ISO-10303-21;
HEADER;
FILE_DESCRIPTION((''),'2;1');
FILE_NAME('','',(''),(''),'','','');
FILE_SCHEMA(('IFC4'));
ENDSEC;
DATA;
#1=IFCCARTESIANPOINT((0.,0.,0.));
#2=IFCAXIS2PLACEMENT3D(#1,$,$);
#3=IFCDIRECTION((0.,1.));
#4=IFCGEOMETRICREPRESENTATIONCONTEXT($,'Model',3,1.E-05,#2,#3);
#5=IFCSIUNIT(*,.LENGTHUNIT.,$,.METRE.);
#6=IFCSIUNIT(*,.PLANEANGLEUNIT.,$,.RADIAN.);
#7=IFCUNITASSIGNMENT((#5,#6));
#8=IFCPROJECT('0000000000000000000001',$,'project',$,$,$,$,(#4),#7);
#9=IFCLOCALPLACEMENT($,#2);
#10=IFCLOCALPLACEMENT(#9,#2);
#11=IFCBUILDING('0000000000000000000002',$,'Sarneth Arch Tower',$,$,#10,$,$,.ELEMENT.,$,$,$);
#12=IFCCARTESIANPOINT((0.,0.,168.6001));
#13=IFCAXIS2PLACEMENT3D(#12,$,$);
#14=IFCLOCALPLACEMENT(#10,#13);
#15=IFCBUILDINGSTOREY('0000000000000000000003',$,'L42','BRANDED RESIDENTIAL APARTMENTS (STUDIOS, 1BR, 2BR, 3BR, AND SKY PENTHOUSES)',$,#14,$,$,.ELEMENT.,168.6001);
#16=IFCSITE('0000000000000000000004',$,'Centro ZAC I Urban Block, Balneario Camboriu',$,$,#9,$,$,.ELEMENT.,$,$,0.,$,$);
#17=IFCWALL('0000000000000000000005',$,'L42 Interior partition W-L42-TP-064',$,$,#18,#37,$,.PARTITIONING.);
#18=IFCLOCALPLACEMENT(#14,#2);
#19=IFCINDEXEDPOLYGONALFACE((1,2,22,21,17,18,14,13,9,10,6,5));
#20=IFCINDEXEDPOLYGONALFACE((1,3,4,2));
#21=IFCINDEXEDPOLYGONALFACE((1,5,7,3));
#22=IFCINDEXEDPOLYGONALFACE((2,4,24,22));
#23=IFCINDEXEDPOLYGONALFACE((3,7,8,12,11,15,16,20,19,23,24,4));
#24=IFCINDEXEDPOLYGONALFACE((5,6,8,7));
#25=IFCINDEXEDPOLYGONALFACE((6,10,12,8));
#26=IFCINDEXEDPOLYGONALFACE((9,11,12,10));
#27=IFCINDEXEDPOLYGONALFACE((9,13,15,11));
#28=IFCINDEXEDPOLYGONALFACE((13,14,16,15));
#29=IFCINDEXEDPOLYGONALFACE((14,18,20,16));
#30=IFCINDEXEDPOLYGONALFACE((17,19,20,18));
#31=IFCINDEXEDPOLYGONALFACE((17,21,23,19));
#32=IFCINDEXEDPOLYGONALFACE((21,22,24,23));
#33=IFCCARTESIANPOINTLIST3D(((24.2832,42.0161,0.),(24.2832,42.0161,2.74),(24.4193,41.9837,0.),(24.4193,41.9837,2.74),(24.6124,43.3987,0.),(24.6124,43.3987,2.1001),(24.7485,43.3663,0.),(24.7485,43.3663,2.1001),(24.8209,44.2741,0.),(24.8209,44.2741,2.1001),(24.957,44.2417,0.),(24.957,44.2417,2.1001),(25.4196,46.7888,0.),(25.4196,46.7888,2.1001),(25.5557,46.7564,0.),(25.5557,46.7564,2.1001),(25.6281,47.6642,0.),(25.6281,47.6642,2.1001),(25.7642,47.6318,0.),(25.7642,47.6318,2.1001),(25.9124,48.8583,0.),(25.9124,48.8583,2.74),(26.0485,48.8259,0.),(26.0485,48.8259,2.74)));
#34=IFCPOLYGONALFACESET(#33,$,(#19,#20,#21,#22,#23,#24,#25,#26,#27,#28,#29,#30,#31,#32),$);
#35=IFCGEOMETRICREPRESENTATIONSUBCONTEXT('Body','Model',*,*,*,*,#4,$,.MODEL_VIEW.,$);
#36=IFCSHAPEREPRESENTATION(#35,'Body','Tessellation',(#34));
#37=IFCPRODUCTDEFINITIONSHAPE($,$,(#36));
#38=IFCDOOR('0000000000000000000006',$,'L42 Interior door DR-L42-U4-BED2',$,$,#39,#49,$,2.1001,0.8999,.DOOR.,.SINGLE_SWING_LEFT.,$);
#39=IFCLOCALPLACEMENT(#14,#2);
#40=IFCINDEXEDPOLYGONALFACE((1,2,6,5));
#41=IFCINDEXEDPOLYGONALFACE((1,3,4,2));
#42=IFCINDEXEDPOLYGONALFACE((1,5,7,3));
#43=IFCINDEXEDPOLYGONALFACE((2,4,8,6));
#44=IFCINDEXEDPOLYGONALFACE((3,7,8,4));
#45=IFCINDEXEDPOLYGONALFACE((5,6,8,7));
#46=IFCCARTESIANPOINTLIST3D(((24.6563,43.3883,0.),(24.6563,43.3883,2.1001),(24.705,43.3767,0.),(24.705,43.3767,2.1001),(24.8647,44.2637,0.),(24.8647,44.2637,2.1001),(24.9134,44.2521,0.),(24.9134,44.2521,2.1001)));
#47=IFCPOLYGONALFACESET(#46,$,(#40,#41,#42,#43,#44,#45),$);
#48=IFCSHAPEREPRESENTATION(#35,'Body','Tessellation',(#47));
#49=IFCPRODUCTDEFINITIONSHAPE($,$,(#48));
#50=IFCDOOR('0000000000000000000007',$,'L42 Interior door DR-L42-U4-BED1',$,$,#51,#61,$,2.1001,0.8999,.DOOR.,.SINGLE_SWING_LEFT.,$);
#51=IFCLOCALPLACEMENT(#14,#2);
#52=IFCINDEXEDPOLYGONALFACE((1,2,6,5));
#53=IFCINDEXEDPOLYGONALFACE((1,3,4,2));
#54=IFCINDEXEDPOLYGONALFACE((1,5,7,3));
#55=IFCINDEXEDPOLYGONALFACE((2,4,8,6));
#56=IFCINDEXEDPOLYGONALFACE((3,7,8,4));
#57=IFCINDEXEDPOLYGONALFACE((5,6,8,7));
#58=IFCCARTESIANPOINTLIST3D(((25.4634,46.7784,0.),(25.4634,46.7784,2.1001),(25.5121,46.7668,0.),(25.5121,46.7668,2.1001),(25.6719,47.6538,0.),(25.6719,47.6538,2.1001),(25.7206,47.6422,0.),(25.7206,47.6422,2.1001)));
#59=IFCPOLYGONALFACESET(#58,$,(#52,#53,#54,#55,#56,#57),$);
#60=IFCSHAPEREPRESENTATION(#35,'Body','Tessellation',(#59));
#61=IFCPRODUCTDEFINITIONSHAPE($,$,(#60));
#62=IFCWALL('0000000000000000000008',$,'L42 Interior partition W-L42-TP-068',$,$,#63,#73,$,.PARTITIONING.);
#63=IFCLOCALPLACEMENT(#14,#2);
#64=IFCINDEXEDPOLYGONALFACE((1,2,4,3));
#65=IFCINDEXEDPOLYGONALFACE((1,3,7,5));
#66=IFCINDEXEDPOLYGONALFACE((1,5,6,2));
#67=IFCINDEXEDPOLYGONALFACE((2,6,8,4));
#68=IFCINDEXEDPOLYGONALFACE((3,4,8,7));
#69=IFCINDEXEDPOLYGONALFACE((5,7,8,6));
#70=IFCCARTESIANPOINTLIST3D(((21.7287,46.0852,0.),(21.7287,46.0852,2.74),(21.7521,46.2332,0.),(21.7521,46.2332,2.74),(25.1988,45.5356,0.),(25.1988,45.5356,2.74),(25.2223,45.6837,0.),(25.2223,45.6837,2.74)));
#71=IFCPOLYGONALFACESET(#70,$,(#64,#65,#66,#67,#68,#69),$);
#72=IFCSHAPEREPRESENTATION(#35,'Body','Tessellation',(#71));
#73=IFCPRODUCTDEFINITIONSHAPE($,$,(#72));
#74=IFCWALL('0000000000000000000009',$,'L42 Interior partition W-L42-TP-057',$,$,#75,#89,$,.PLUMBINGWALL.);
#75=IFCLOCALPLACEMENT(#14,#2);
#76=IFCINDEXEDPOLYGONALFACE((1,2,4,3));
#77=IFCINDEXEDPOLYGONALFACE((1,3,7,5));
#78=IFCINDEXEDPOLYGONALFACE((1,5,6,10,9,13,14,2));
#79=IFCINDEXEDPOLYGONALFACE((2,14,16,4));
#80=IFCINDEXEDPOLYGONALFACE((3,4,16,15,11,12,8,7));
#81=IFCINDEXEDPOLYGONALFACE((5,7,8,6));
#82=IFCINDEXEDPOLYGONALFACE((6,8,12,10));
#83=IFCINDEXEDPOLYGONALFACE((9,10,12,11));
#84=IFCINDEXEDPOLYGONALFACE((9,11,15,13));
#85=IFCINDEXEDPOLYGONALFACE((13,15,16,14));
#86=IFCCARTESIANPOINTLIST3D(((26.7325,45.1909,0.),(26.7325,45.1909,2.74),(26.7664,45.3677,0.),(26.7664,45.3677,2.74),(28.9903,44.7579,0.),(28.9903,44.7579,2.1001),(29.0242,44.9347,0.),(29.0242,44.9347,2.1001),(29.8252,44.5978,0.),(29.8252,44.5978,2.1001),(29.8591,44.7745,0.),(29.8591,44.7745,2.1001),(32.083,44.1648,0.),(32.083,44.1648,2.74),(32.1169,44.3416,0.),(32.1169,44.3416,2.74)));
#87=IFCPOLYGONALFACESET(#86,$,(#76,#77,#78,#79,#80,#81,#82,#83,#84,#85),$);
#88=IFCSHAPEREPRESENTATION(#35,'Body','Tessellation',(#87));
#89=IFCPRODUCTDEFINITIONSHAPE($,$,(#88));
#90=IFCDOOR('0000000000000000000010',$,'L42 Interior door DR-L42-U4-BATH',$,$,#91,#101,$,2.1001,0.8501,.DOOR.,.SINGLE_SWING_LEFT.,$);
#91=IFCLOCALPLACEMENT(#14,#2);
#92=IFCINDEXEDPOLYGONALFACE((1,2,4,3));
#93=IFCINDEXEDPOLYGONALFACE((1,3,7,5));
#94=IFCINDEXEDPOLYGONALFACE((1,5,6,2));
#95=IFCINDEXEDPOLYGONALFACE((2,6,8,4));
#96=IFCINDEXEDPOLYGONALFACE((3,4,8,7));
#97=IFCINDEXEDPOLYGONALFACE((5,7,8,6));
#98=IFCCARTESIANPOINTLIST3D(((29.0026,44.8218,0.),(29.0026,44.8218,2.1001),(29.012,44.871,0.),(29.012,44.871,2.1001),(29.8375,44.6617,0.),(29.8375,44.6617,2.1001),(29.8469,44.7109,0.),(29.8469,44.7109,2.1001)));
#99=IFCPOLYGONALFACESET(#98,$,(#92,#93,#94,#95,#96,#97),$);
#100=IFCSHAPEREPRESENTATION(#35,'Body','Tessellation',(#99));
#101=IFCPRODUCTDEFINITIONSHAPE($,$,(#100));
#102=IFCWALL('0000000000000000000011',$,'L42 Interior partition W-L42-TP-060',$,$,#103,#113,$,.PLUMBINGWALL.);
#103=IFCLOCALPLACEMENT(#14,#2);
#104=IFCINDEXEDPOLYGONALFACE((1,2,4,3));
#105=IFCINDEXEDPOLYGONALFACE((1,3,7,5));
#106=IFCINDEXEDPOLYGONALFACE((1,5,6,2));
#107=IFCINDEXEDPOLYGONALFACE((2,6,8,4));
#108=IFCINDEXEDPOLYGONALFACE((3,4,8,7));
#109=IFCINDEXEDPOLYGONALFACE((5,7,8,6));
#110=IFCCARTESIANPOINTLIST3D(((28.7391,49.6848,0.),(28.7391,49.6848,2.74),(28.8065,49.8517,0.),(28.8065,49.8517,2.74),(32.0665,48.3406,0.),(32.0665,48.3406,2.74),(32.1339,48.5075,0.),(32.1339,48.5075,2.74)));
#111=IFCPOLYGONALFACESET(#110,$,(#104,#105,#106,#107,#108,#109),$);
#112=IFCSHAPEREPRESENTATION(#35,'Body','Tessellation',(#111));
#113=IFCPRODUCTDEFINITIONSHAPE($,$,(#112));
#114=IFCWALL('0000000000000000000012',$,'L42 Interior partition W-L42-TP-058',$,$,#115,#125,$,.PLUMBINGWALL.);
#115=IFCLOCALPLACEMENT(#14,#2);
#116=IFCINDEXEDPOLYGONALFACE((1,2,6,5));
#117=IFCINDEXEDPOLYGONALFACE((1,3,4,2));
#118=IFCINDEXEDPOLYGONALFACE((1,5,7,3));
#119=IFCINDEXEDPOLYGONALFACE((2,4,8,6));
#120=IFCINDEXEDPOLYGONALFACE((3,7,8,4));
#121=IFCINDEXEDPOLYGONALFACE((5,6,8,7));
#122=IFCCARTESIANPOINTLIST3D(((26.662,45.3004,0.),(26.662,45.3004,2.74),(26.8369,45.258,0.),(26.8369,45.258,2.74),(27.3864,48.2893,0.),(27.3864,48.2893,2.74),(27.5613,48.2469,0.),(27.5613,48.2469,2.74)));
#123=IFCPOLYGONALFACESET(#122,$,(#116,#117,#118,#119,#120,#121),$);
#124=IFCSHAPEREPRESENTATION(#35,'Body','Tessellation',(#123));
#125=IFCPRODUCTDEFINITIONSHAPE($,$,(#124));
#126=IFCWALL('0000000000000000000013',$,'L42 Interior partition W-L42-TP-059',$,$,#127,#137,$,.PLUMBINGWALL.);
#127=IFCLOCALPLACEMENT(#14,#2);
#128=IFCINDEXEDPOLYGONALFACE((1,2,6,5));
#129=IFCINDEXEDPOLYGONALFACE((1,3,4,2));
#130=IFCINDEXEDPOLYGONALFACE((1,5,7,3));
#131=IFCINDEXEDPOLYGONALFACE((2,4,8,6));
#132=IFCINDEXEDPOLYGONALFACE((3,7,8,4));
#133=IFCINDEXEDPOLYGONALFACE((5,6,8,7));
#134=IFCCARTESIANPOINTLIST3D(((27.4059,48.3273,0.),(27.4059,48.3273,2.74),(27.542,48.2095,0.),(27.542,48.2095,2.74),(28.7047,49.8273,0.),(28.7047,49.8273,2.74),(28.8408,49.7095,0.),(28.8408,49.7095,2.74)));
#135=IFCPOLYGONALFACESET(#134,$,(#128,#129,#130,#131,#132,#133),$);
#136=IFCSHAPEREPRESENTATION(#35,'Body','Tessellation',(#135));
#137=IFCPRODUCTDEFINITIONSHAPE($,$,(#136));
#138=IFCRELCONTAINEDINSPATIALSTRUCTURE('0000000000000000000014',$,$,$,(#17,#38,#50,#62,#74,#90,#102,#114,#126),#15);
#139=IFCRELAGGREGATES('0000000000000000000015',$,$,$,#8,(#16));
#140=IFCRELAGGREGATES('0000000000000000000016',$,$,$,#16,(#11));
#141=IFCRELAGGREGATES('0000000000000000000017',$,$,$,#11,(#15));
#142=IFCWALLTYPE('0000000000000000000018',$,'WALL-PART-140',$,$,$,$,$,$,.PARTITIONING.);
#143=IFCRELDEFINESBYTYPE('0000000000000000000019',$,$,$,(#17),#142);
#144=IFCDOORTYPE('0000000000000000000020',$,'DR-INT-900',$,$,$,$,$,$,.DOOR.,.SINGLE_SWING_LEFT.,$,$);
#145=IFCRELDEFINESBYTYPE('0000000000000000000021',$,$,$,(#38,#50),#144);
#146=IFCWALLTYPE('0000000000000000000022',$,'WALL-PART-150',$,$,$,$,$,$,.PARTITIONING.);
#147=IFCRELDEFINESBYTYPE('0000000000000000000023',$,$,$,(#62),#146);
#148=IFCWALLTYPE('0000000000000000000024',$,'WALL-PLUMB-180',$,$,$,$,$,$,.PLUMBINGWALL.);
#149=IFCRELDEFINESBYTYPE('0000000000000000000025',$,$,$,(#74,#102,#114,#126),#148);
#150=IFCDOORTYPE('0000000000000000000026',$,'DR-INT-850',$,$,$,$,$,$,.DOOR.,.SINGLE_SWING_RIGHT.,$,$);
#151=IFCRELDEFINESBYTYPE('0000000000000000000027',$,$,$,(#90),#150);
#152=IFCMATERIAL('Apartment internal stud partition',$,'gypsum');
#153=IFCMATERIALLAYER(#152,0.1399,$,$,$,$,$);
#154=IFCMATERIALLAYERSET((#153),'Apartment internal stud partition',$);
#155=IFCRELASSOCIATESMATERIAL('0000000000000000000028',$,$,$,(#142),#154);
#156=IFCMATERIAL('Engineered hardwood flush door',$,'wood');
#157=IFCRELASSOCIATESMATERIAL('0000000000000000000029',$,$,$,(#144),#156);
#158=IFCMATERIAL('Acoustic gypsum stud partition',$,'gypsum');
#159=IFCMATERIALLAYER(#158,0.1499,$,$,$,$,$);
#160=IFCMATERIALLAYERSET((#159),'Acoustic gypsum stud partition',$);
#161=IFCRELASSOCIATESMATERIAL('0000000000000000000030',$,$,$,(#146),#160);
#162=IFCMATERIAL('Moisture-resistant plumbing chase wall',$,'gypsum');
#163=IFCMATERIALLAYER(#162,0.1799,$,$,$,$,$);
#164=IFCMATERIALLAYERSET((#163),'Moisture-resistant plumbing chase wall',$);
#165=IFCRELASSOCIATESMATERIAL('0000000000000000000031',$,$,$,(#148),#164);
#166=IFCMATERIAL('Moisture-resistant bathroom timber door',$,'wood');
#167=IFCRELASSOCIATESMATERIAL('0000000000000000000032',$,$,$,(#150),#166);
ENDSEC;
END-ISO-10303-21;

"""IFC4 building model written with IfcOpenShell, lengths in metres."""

from ifc_helpers import new_model, si_unit, direction, frame, frame_2d, origin, place, context, subcontext, project, spatial, rectangle, extrude, material, layer, layer_set, type_object, element, fill, save


model = new_model("IFC4")

# Units and contexts
model_context = context("Model", 3, precision=1e-05, world=origin(), true_north=direction((0.0, 1.0)))
body_context = subcontext(model_context, "Body", "Model", "MODEL_VIEW")
ifc_project = project(units=[si_unit("LENGTHUNIT", "METRE"), si_unit("PLANEANGLEUNIT", "RADIAN")], contexts=[model_context])

# Site, building, storey
site_placement = place(None, origin())
site = spatial("IfcSite", under=ifc_project, at=site_placement, Name="Centro ZAC I Urban Block, Balneario Camboriu", CompositionType="ELEMENT", RefElevation=0.0)
building_placement = place(site_placement, origin())
building = spatial("IfcBuilding", under=site, at=building_placement, Name="Sarneth Arch Tower", CompositionType="ELEMENT")
storey_placement = place(building_placement, frame((0.0, 0.0, 168.6001)))
storey = spatial("IfcBuildingStorey", under=building, at=storey_placement, Name="L42", Description="BRANDED RESIDENTIAL APARTMENTS (STUDIOS, 1BR, 2BR, 3BR, AND SKY PENTHOUSES)", CompositionType="ELEMENT", Elevation=168.6001)

# Wall, openings, doors
ifc_material_1 = material(Name="Apartment internal stud partition", Category="gypsum")
ifc_layer_1 = layer(ifc_material_1, 0.1399)
ifc_layer_set_1 = layer_set([ifc_layer_1], Name="Apartment internal stud partition")
wall_type_1 = type_object("IfcWallType", Name="WALL-PART-140", PredefinedType="PARTITIONING", material=ifc_layer_set_1)
wall_1_placement = place(storey_placement, frame((24.3513, 42.0, 0.0), z_axis=(0.0, 0.0, 1.0), x_axis=(0.231625, 0.972805, 0.0)))
wall_1 = element("IfcWall", 1, at=wall_1_placement, inside=storey, type_object=wall_type_1, Name="L42 Interior partition W-L42-TP-064", PredefinedType="PARTITIONING", context=body_context, shape_type="SweptSolid", body=[
    extrude(rectangle(XDim=7.0334, YDim=0.1399, at=frame_2d((3.5166, 0.0))), origin(), (0.0, 0.0, 1.0), 2.74),
])
opening_1_placement = place(wall_1_placement, frame((1.4211, 0.0, 0.0)))
opening_1 = element("IfcOpeningElement", 2, at=opening_1_placement, cuts=wall_1, PredefinedType="OPENING", context=body_context, shape_type="SweptSolid", body=[
    extrude(rectangle(XDim=0.8999, YDim=2.1001, at=frame_2d((0.45, 1.05))), frame((0.0, 0.0798, 0.0), z_axis=(0.0, -1.0, 0.0), x_axis=(1.0, 0.0, 0.0)), (0.0, 0.0, 1.0), 0.1599),
])
opening_2_placement = place(wall_1_placement, frame((4.906, 0.0, 0.0)))
opening_2 = element("IfcOpeningElement", 3, at=opening_2_placement, cuts=wall_1, PredefinedType="OPENING", context=body_context, shape_type="SweptSolid", body=[
    extrude(rectangle(XDim=0.8999, YDim=2.1001, at=frame_2d((0.45, 1.05))), frame((0.0, 0.0798, 0.0), z_axis=(0.0, -1.0, 0.0), x_axis=(1.0, 0.0, 0.0)), (0.0, 0.0, 1.0), 0.1599),
])
ifc_material_2 = material(Name="Engineered hardwood flush door", Category="wood")
door_type_1 = type_object("IfcDoorType", Name="DR-INT-900", OperationType="SINGLE_SWING_LEFT", PredefinedType="DOOR", material=ifc_material_2)
door_1_placement = place(opening_1_placement, origin())
door_1 = element("IfcDoor", 4, at=door_1_placement, inside=storey, type_object=door_type_1, Name="L42 Interior door DR-L42-U4-BED2", OperationType="SINGLE_SWING_LEFT", OverallHeight=2.1001, OverallWidth=0.8999, PredefinedType="DOOR", context=body_context, shape_type="SweptSolid", body=[
    extrude(rectangle(XDim=0.8999, YDim=2.1001, at=frame_2d((0.45, 1.05))), frame((0.0, 0.0249, 0.0), z_axis=(0.0, -1.0, 0.0), x_axis=(1.0, 0.0, 0.0)), (0.0, 0.0, 1.0), 0.05),
])
fill(opening_1, door_1)
door_2_placement = place(opening_2_placement, origin())
door_2 = element("IfcDoor", 5, at=door_2_placement, inside=storey, type_object=door_type_1, Name="L42 Interior door DR-L42-U4-BED1", OperationType="SINGLE_SWING_LEFT", OverallHeight=2.1001, OverallWidth=0.8999, PredefinedType="DOOR", context=body_context, shape_type="SweptSolid", body=[
    extrude(rectangle(XDim=0.8999, YDim=2.1001, at=frame_2d((0.45, 1.05))), frame((0.0, 0.0249, 0.0), z_axis=(0.0, -1.0, 0.0), x_axis=(1.0, 0.0, 0.0)), (0.0, 0.0, 1.0), 0.05),
])
fill(opening_2, door_2)

# Wall
ifc_material_3 = material(Name="Acoustic gypsum stud partition", Category="gypsum")
ifc_layer_2 = layer(ifc_material_3, 0.1499)
ifc_layer_set_2 = layer_set([ifc_layer_2], Name="Acoustic gypsum stud partition")
wall_type_2 = type_object("IfcWallType", Name="WALL-PART-150", PredefinedType="PARTITIONING", material=ifc_layer_set_2)
wall_2_placement = place(storey_placement, frame((25.2107, 45.6096, 0.0), z_axis=(0.0, 0.0, 1.0), x_axis=(-0.987691, 0.156416, 0.0)))
element("IfcWall", 6, at=wall_2_placement, inside=storey, type_object=wall_type_2, Name="L42 Interior partition W-L42-TP-068", PredefinedType="PARTITIONING", context=body_context, shape_type="SweptSolid", body=[
    extrude(rectangle(XDim=3.5134, YDim=0.1499, at=frame_2d((1.7568, 0.0))), origin(), (0.0, 0.0, 1.0), 2.74),
])

# Wall, opening, door
ifc_material_4 = material(Name="Moisture-resistant plumbing chase wall", Category="gypsum")
ifc_layer_3 = layer(ifc_material_4, 0.1799)
ifc_layer_set_3 = layer_set([ifc_layer_3], Name="Moisture-resistant plumbing chase wall")
wall_type_3 = type_object("IfcWallType", Name="WALL-PLUMB-180", PredefinedType="PLUMBINGWALL", material=ifc_layer_set_3)
wall_3_placement = place(storey_placement, frame((32.1001, 44.2532, 0.0), z_axis=(0.0, 0.0, 1.0), x_axis=(-0.982103, 0.188345, 0.0)))
wall_3 = element("IfcWall", 7, at=wall_3_placement, inside=storey, type_object=wall_type_3, Name="L42 Interior partition W-L42-TP-057", PredefinedType="PLUMBINGWALL", context=body_context, shape_type="SweptSolid", body=[
    extrude(rectangle(XDim=5.448, YDim=0.1799, at=frame_2d((2.7241, 0.0))), origin(), (0.0, 0.0, 1.0), 2.74),
])
opening_3_placement = place(wall_3_placement, frame((2.2991, 0.0, 0.0)))
opening_3 = element("IfcOpeningElement", 8, at=opening_3_placement, cuts=wall_3, PredefinedType="OPENING", context=body_context, shape_type="SweptSolid", body=[
    extrude(rectangle(XDim=0.8501, YDim=2.1001, at=frame_2d((0.425, 1.05))), frame((0.0, 0.0999, 0.0), z_axis=(0.0, -1.0, 0.0), x_axis=(1.0, 0.0, 0.0)), (0.0, 0.0, 1.0), 0.2),
])
ifc_material_5 = material(Name="Moisture-resistant bathroom timber door", Category="wood")
door_type_2 = type_object("IfcDoorType", Name="DR-INT-850", OperationType="SINGLE_SWING_RIGHT", PredefinedType="DOOR", material=ifc_material_5)
door_3_placement = place(opening_3_placement, origin())
door_3 = element("IfcDoor", 9, at=door_3_placement, inside=storey, type_object=door_type_2, Name="L42 Interior door DR-L42-U4-BATH", OperationType="SINGLE_SWING_LEFT", OverallHeight=2.1001, OverallWidth=0.8501, PredefinedType="DOOR", context=body_context, shape_type="SweptSolid", body=[
    extrude(rectangle(XDim=0.8501, YDim=2.1001, at=frame_2d((0.425, 1.05))), frame((0.0, 0.0249, 0.0), z_axis=(0.0, -1.0, 0.0), x_axis=(1.0, 0.0, 0.0)), (0.0, 0.0, 1.0), 0.05),
])
fill(opening_3, door_3)

# Walls
wall_4_placement = place(storey_placement, frame((28.7727, 49.7683, 0.0), z_axis=(0.0, 0.0, 1.0), x_axis=(0.927195, -0.374579, 0.0)))
element("IfcWall", 10, at=wall_4_placement, inside=storey, type_object=wall_type_3, Name="L42 Interior partition W-L42-TP-060", PredefinedType="PLUMBINGWALL", context=body_context, shape_type="SweptSolid", body=[
    extrude(rectangle(XDim=3.5886, YDim=0.1799, at=frame_2d((1.7944, 0.0))), origin(), (0.0, 0.0, 1.0), 2.74),
])
wall_5_placement = place(storey_placement, frame((26.7495, 45.2793, 0.0), z_axis=(0.0, 0.0, 1.0), x_axis=(0.235525, 0.971868, 0.0)))
element("IfcWall", 11, at=wall_5_placement, inside=storey, type_object=wall_type_3, Name="L42 Interior partition W-L42-TP-058", PredefinedType="PLUMBINGWALL", context=body_context, shape_type="SweptSolid", body=[
    extrude(rectangle(XDim=3.0754, YDim=0.1799, at=frame_2d((1.5376, 0.0))), origin(), (0.0, 0.0, 1.0), 2.74),
])
wall_6_placement = place(storey_placement, frame((27.4739, 48.2683, 0.0), z_axis=(0.0, 0.0, 1.0), x_axis=(0.654593, 0.755981, 0.0)))
element("IfcWall", 12, at=wall_6_placement, inside=storey, type_object=wall_type_3, Name="L42 Interior partition W-L42-TP-059", PredefinedType="PLUMBINGWALL", context=body_context, shape_type="SweptSolid", body=[
    extrude(rectangle(XDim=1.9841, YDim=0.1799, at=frame_2d((0.9922, 0.0))), origin(), (0.0, 0.0, 1.0), 2.74),
])

save(model, "model.ifc")
